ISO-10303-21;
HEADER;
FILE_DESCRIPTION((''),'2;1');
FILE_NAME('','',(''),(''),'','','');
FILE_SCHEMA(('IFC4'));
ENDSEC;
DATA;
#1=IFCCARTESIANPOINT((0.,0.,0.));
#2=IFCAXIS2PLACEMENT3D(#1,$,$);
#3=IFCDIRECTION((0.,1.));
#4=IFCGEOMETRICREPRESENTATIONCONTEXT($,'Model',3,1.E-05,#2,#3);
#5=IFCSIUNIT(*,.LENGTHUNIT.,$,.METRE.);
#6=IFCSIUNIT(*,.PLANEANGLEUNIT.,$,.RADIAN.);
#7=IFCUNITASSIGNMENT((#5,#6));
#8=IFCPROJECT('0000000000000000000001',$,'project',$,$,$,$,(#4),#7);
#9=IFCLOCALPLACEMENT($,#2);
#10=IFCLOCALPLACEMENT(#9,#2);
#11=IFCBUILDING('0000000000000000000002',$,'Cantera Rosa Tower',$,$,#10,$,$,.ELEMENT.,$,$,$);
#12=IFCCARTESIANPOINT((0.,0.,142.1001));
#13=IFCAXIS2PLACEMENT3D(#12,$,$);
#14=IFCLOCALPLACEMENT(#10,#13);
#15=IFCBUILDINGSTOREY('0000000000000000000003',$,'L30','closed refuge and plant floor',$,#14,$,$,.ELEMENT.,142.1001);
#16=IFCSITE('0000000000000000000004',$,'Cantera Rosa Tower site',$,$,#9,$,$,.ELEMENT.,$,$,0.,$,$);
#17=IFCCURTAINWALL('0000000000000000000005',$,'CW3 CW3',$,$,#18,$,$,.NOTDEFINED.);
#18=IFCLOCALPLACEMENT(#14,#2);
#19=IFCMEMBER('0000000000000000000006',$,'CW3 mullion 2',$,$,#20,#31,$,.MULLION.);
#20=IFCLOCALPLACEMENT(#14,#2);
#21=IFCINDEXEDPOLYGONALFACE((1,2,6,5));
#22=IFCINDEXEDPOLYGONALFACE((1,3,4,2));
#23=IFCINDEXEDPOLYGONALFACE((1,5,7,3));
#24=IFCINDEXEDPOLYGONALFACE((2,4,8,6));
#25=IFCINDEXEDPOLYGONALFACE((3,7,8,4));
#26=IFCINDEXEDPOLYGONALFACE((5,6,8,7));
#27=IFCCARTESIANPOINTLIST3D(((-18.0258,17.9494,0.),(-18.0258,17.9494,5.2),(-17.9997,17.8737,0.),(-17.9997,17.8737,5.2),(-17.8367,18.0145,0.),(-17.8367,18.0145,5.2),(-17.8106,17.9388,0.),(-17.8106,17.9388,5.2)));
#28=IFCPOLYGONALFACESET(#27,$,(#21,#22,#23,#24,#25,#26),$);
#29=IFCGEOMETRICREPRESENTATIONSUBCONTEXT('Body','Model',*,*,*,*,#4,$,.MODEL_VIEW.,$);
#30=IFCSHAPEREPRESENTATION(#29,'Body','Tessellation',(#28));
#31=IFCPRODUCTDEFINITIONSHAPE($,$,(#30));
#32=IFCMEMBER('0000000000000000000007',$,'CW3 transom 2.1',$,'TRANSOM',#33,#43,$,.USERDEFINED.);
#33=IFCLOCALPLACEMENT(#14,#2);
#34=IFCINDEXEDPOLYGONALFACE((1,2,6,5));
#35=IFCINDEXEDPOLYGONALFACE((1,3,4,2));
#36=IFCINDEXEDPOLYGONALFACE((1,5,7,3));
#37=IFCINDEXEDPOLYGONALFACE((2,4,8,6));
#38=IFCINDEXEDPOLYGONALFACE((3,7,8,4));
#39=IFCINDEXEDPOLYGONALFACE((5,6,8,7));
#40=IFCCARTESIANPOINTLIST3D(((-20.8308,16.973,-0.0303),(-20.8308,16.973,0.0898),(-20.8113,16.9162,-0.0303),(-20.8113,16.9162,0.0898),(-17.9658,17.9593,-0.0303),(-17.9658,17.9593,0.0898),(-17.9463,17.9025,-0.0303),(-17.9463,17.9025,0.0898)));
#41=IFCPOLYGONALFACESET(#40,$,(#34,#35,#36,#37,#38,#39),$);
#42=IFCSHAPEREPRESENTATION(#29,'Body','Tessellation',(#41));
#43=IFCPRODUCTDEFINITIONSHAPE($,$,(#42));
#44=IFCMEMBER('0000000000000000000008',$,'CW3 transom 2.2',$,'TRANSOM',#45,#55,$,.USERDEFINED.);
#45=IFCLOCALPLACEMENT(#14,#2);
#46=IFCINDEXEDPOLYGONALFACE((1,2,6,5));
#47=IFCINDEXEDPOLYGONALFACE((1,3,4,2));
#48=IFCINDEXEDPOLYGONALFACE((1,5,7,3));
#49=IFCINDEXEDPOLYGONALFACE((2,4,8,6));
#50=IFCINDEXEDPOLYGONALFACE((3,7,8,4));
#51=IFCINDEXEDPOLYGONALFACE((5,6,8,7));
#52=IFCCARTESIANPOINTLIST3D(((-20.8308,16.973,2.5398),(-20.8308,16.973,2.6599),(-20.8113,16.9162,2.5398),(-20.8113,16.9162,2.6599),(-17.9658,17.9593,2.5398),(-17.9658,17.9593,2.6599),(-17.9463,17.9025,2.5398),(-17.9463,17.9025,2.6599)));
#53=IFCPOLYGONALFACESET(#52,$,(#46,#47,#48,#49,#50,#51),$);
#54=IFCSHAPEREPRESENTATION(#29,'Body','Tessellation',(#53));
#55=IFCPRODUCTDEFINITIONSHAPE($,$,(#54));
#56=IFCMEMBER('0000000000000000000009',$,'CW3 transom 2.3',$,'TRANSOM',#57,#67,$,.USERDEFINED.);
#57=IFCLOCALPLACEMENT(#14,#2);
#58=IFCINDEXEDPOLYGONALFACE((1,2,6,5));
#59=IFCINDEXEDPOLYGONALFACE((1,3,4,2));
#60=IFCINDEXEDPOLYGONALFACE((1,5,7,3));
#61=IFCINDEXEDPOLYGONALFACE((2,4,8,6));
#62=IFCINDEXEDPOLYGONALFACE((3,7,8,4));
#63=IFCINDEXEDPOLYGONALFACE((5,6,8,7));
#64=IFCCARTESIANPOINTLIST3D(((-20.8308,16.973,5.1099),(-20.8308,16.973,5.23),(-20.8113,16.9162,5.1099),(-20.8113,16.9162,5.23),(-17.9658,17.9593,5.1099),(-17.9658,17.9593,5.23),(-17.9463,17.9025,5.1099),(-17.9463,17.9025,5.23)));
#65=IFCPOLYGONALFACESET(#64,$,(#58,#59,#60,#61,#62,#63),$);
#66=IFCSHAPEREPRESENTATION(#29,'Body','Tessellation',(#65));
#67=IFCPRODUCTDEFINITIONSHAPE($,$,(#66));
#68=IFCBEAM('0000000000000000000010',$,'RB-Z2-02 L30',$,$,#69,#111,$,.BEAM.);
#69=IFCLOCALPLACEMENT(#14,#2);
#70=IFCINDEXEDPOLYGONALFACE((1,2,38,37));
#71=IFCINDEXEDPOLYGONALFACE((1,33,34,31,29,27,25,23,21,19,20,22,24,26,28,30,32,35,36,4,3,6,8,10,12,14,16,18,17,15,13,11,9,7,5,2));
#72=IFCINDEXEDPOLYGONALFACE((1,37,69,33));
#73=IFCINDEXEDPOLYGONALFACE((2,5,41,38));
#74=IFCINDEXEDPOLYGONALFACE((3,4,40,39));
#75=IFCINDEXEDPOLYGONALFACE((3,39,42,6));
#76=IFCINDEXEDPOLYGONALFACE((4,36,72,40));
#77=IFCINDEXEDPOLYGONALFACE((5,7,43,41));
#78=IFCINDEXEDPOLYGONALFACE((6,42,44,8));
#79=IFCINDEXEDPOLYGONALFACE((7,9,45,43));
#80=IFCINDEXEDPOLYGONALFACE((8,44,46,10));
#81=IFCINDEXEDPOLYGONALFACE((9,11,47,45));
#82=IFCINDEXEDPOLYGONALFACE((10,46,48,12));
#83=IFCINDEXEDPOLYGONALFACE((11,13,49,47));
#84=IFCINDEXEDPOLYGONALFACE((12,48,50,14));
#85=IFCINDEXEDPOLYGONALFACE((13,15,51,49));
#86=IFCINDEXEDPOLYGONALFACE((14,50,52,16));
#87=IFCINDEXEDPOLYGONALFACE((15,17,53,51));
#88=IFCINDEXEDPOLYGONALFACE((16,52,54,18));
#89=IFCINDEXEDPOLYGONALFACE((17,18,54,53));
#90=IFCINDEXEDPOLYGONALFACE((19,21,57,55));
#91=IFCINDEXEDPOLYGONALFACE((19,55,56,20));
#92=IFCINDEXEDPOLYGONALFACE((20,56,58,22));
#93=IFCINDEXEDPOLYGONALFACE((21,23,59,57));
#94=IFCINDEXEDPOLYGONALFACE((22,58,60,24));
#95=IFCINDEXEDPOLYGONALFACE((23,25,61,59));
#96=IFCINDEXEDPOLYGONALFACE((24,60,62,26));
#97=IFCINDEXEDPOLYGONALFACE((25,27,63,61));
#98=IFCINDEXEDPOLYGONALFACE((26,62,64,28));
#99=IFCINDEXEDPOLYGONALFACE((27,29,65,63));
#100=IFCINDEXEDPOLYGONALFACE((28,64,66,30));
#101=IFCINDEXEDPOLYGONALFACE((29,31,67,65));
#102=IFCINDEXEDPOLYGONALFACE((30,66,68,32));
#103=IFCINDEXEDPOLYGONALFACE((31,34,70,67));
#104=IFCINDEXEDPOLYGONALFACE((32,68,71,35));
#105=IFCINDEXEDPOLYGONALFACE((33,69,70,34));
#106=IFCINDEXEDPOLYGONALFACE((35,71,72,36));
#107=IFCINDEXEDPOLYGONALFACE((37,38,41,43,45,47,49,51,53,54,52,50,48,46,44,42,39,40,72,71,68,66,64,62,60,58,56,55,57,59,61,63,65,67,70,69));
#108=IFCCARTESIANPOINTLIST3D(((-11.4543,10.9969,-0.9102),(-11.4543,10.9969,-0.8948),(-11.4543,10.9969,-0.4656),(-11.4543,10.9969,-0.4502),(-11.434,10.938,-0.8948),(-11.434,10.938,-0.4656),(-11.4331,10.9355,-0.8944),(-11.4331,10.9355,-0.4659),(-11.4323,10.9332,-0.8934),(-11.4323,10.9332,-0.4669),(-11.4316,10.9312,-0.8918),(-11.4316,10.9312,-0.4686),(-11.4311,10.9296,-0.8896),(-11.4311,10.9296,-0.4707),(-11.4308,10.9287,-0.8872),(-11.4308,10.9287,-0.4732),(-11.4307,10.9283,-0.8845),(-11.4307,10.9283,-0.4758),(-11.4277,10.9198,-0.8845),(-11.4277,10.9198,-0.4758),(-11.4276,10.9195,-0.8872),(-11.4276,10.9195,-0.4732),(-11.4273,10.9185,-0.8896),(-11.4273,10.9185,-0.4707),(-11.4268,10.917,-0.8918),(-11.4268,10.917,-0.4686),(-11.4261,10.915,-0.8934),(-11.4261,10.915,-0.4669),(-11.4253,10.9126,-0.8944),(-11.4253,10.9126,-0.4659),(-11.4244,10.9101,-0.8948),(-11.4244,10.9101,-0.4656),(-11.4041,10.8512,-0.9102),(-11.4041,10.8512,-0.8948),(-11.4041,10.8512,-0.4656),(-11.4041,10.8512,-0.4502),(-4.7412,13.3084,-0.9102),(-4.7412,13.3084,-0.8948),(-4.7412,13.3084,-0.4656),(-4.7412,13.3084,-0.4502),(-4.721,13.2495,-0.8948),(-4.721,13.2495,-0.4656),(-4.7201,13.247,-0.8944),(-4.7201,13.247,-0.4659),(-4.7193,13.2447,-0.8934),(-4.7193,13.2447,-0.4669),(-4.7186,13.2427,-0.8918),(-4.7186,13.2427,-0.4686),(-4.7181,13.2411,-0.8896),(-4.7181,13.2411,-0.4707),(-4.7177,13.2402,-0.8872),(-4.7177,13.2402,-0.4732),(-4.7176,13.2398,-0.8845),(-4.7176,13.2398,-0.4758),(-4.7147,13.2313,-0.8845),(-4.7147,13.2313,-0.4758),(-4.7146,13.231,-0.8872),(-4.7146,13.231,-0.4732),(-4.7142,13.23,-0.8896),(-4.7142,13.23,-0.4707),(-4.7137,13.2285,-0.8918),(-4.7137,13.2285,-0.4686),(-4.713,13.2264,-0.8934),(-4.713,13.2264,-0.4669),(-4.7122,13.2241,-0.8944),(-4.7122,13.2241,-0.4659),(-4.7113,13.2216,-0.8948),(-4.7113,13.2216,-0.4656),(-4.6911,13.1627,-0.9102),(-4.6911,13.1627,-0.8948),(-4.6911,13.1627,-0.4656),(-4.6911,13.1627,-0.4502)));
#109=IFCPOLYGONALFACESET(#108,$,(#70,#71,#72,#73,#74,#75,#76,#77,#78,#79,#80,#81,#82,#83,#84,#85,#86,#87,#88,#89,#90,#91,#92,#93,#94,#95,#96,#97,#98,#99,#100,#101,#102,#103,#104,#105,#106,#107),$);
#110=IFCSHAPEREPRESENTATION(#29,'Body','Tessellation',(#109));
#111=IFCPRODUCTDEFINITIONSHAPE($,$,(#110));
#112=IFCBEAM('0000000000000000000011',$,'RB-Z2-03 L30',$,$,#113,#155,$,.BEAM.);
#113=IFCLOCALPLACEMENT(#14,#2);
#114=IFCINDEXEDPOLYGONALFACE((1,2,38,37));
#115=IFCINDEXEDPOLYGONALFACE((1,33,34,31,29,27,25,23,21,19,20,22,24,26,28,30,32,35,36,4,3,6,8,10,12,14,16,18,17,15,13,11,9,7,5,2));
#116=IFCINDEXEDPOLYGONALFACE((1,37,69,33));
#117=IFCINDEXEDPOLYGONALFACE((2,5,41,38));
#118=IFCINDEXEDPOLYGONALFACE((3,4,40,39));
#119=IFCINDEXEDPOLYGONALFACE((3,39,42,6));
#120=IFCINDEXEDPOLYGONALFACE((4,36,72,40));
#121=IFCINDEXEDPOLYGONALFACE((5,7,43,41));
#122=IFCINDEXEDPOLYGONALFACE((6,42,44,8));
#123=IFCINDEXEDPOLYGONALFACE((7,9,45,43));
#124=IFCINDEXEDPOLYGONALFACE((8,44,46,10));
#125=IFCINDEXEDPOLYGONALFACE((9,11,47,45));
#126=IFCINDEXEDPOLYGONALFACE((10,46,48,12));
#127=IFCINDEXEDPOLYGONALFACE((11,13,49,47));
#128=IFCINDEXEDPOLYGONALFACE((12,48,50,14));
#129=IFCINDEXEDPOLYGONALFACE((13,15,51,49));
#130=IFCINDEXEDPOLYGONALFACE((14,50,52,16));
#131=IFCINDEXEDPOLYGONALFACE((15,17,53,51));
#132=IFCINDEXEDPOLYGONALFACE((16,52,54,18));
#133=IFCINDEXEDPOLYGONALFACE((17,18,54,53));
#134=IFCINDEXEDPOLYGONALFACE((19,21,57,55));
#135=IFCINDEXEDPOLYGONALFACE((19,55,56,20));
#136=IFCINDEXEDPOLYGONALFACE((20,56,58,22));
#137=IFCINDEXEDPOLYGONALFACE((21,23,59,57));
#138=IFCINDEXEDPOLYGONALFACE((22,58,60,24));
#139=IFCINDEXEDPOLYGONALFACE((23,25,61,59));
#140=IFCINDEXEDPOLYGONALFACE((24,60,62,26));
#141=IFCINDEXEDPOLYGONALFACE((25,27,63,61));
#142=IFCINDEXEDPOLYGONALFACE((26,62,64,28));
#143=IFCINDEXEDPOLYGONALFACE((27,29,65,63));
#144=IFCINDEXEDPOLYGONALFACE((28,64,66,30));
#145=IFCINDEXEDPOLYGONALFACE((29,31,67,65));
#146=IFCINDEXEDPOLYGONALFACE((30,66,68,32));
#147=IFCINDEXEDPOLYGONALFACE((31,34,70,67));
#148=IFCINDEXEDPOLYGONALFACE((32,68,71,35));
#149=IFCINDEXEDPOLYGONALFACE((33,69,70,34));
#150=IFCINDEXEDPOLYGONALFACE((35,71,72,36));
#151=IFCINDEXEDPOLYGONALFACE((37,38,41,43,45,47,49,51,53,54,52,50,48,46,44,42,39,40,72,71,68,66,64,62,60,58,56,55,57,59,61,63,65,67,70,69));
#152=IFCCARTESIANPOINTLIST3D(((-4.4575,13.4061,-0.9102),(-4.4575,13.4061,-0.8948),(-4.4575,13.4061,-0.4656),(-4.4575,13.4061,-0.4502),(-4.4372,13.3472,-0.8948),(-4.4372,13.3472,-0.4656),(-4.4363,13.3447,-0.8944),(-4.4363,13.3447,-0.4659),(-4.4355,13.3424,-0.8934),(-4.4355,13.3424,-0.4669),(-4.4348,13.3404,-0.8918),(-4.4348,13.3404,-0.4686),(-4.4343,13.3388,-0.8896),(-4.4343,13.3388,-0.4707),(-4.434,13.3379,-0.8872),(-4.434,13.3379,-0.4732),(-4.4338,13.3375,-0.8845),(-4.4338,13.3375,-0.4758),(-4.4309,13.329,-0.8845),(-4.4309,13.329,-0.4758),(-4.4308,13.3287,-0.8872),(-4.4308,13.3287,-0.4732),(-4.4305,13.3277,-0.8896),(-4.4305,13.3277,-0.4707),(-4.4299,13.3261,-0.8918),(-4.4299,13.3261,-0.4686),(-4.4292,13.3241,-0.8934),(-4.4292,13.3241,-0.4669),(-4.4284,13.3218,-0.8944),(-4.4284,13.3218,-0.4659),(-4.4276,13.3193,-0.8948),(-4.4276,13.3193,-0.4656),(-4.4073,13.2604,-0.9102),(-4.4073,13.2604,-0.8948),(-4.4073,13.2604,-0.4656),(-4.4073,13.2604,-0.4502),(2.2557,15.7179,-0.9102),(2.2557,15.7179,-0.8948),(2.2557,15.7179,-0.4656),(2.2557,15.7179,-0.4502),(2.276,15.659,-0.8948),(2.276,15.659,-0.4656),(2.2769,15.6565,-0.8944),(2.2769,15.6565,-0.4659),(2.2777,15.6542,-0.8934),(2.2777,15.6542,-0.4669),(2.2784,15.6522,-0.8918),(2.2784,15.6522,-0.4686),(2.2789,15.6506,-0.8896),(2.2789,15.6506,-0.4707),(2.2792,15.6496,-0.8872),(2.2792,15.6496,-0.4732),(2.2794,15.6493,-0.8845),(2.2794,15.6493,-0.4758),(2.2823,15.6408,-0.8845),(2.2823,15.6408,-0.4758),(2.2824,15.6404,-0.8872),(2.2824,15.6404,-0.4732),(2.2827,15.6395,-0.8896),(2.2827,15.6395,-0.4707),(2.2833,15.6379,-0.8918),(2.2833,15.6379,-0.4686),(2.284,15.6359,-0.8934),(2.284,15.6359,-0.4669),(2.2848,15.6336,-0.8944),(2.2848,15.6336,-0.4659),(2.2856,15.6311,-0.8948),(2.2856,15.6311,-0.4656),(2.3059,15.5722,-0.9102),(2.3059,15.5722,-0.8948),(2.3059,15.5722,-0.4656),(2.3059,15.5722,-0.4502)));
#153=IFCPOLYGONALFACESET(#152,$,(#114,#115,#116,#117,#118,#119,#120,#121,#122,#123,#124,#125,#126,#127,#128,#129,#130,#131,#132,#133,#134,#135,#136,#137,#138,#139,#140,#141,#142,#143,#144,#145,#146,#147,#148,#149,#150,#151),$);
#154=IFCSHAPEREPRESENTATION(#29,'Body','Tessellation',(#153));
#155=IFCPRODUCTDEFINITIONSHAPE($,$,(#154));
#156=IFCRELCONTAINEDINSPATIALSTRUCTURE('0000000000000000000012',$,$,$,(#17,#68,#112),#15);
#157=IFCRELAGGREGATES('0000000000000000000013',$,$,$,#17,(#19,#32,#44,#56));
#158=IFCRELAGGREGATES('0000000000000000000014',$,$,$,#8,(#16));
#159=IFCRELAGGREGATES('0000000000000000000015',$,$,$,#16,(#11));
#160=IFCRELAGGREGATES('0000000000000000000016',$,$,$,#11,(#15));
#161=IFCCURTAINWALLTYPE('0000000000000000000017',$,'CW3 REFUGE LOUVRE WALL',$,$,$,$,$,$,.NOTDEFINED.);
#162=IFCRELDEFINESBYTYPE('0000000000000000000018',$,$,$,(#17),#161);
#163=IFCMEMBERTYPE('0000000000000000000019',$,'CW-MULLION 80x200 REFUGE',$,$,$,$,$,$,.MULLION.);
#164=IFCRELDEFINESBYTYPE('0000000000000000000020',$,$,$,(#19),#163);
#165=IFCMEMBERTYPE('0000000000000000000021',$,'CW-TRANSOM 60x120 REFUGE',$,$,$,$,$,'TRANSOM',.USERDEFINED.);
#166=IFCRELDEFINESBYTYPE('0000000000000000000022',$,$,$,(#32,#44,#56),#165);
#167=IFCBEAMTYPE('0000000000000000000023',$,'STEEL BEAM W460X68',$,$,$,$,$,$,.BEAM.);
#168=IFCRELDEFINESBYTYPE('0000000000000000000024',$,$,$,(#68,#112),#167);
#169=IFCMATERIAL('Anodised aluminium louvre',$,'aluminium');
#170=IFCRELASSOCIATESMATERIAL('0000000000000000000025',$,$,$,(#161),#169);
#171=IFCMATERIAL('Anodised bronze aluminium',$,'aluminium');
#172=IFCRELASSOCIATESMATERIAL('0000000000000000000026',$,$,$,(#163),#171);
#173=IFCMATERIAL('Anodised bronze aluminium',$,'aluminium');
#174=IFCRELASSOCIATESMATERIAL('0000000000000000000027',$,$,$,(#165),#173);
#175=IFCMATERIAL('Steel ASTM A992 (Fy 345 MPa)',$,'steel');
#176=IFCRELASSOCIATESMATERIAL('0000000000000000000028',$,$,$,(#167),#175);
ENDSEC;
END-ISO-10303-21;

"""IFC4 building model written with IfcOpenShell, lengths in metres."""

from ifc_helpers import new_model, si_unit, direction, frame, origin, origin_2d, place, context, subcontext, project, spatial, rectangle, i_section, extrude, material, material_profile, profile_set, type_object, element, aggregate, save


model = new_model("IFC4")

# Units and contexts
model_context = context("Model", 3, precision=1e-05, world=origin(), true_north=direction((0.0, 1.0)))
body_context = subcontext(model_context, "Body", "Model", "MODEL_VIEW")
ifc_project = project(units=[si_unit("LENGTHUNIT", "METRE"), si_unit("PLANEANGLEUNIT", "RADIAN")], contexts=[model_context])

# Site, building, storey
site_placement = place(None, origin())
site = spatial("IfcSite", under=ifc_project, at=site_placement, Name="Cantera Rosa Tower site", CompositionType="ELEMENT", RefElevation=0.0)
building_placement = place(site_placement, origin())
building = spatial("IfcBuilding", under=site, at=building_placement, Name="Cantera Rosa Tower", CompositionType="ELEMENT")
storey_placement = place(building_placement, frame((0.0, 0.0, 142.1001)))
storey = spatial("IfcBuildingStorey", under=building, at=storey_placement, Name="L30", Description="closed refuge and plant floor", CompositionType="ELEMENT", Elevation=142.1001)

# Curtain wall, members
ifc_material_1 = material(Name="Anodised aluminium louvre", Category="aluminium")
curtain_wall_type = type_object("IfcCurtainWallType", Name="CW3 REFUGE LOUVRE WALL", PredefinedType="NOTDEFINED", material=ifc_material_1)
curtain_wall_placement = place(storey_placement, origin())
curtain_wall = element("IfcCurtainWall", 1, at=curtain_wall_placement, inside=storey, type_object=curtain_wall_type, Name="CW3 CW3", PredefinedType="NOTDEFINED")
ifc_material_2 = material(Name="Anodised bronze aluminium", Category="aluminium")
ifc_material_profile_1 = material_profile(ifc_material_2, rectangle(XDim=0.0801, YDim=0.2, at=origin_2d()), Name="CW-MULLION 80x200 REFUGE")
ifc_profile_set_1 = profile_set([ifc_material_profile_1], Name="Anodised bronze aluminium")
member_type_1 = type_object("IfcMemberType", Name="CW-MULLION 80x200 REFUGE", PredefinedType="MULLION", material=ifc_profile_set_1)
member_1_placement = place(storey_placement, frame((-17.9182, 17.9441, 0.0), z_axis=(0.0, 0.0, 1.0), x_axis=(0.325568, -0.945519, 0.0)))
member_1 = element("IfcMember", 2, at=member_1_placement, type_object=member_type_1, Name="CW3 mullion 2", PredefinedType="MULLION", context=body_context, shape_type="SweptSolid", body=[
    extrude(rectangle(XDim=0.0801, YDim=0.2, at=origin_2d()), origin(), (0.0, 0.0, 1.0), 5.2),
])
ifc_material_3 = material(Name="Anodised bronze aluminium", Category="aluminium")
ifc_material_profile_2 = material_profile(ifc_material_3, rectangle(XDim=0.0601, YDim=0.1201, at=origin_2d()), Name="CW-TRANSOM 60x120 REFUGE")
ifc_profile_set_2 = profile_set([ifc_material_profile_2], Name="Anodised bronze aluminium")
member_type_2 = type_object("IfcMemberType", Name="CW-TRANSOM 60x120 REFUGE", ElementType="TRANSOM", PredefinedType="USERDEFINED", material=ifc_profile_set_2)
member_2_placement = place(storey_placement, frame((-17.9561, 17.9309, 0.0298), z_axis=(-0.945536, -0.325519, 0.0), x_axis=(0.325519, -0.945536, 0.0)))
member_2 = element("IfcMember", 3, at=member_2_placement, type_object=member_type_2, Name="CW3 transom 2.1", ObjectType="TRANSOM", PredefinedType="USERDEFINED", context=body_context, shape_type="SweptSolid", body=[
    extrude(rectangle(XDim=0.0601, YDim=0.1201, at=origin_2d()), origin(), (0.0, 0.0, 1.0), 3.03),
])
member_3_placement = place(storey_placement, frame((-17.9561, 17.9309, 2.5999), z_axis=(-0.945536, -0.325519, 0.0), x_axis=(0.325519, -0.945536, 0.0)))
member_3 = element("IfcMember", 4, at=member_3_placement, type_object=member_type_2, Name="CW3 transom 2.2", ObjectType="TRANSOM", PredefinedType="USERDEFINED", context=body_context, shape_type="SweptSolid", body=[
    extrude(rectangle(XDim=0.0601, YDim=0.1201, at=origin_2d()), origin(), (0.0, 0.0, 1.0), 3.03),
])
member_4_placement = place(storey_placement, frame((-17.9561, 17.9309, 5.1699), z_axis=(-0.945536, -0.325519, 0.0), x_axis=(0.325519, -0.945536, 0.0)))
member_4 = element("IfcMember", 5, at=member_4_placement, type_object=member_type_2, Name="CW3 transom 2.3", ObjectType="TRANSOM", PredefinedType="USERDEFINED", context=body_context, shape_type="SweptSolid", body=[
    extrude(rectangle(XDim=0.0601, YDim=0.1201, at=origin_2d()), origin(), (0.0, 0.0, 1.0), 3.03),
])

# Beams
ifc_material_4 = material(Name="Steel ASTM A992 (Fy 345 MPa)", Category="steel")
ifc_material_profile_3 = material_profile(ifc_material_4, i_section(OverallWidth=0.1541, OverallDepth=0.46, WebThickness=0.009, FlangeThickness=0.0154, FilletRadius=0.0103, at=origin_2d()), Name="W460X68")
ifc_profile_set_3 = profile_set([ifc_material_profile_3], Name="Steel ASTM A992 (Fy 345 MPa)")
beam_type_1 = type_object("IfcBeamType", Name="STEEL BEAM W460X68", PredefinedType="BEAM", material=ifc_profile_set_3)
beam_1_placement = place(storey_placement, frame((-11.4292, 10.9241, -0.6802), z_axis=(0.945518, 0.325569, 0.0), x_axis=(-0.325569, 0.945518, 0.0)))
element("IfcBeam", 6, at=beam_1_placement, inside=storey, type_object=beam_type_1, Name="RB-Z2-02 L30", PredefinedType="BEAM", context=body_context, shape_type="SweptSolid", body=[
    extrude(i_section(OverallWidth=0.1541, OverallDepth=0.46, WebThickness=0.009, FlangeThickness=0.0154, FilletRadius=0.0103, at=origin_2d()), origin(), (0.0, 0.0, 1.0), 7.0999),
])
beam_2_placement = place(storey_placement, frame((-4.4324, 13.3333, -0.6802), z_axis=(0.945508, 0.3256, 0.0), x_axis=(-0.3256, 0.945508, 0.0)))
element("IfcBeam", 7, at=beam_2_placement, inside=storey, type_object=beam_type_1, Name="RB-Z2-03 L30", PredefinedType="BEAM", context=body_context, shape_type="SweptSolid", body=[
    extrude(i_section(OverallWidth=0.1541, OverallDepth=0.46, WebThickness=0.009, FlangeThickness=0.0154, FilletRadius=0.0103, at=origin_2d()), origin(), (0.0, 0.0, 1.0), 7.1001),
])

aggregate(curtain_wall, [member_1, member_2, member_3, member_4])

save(model, "model.ifc")
